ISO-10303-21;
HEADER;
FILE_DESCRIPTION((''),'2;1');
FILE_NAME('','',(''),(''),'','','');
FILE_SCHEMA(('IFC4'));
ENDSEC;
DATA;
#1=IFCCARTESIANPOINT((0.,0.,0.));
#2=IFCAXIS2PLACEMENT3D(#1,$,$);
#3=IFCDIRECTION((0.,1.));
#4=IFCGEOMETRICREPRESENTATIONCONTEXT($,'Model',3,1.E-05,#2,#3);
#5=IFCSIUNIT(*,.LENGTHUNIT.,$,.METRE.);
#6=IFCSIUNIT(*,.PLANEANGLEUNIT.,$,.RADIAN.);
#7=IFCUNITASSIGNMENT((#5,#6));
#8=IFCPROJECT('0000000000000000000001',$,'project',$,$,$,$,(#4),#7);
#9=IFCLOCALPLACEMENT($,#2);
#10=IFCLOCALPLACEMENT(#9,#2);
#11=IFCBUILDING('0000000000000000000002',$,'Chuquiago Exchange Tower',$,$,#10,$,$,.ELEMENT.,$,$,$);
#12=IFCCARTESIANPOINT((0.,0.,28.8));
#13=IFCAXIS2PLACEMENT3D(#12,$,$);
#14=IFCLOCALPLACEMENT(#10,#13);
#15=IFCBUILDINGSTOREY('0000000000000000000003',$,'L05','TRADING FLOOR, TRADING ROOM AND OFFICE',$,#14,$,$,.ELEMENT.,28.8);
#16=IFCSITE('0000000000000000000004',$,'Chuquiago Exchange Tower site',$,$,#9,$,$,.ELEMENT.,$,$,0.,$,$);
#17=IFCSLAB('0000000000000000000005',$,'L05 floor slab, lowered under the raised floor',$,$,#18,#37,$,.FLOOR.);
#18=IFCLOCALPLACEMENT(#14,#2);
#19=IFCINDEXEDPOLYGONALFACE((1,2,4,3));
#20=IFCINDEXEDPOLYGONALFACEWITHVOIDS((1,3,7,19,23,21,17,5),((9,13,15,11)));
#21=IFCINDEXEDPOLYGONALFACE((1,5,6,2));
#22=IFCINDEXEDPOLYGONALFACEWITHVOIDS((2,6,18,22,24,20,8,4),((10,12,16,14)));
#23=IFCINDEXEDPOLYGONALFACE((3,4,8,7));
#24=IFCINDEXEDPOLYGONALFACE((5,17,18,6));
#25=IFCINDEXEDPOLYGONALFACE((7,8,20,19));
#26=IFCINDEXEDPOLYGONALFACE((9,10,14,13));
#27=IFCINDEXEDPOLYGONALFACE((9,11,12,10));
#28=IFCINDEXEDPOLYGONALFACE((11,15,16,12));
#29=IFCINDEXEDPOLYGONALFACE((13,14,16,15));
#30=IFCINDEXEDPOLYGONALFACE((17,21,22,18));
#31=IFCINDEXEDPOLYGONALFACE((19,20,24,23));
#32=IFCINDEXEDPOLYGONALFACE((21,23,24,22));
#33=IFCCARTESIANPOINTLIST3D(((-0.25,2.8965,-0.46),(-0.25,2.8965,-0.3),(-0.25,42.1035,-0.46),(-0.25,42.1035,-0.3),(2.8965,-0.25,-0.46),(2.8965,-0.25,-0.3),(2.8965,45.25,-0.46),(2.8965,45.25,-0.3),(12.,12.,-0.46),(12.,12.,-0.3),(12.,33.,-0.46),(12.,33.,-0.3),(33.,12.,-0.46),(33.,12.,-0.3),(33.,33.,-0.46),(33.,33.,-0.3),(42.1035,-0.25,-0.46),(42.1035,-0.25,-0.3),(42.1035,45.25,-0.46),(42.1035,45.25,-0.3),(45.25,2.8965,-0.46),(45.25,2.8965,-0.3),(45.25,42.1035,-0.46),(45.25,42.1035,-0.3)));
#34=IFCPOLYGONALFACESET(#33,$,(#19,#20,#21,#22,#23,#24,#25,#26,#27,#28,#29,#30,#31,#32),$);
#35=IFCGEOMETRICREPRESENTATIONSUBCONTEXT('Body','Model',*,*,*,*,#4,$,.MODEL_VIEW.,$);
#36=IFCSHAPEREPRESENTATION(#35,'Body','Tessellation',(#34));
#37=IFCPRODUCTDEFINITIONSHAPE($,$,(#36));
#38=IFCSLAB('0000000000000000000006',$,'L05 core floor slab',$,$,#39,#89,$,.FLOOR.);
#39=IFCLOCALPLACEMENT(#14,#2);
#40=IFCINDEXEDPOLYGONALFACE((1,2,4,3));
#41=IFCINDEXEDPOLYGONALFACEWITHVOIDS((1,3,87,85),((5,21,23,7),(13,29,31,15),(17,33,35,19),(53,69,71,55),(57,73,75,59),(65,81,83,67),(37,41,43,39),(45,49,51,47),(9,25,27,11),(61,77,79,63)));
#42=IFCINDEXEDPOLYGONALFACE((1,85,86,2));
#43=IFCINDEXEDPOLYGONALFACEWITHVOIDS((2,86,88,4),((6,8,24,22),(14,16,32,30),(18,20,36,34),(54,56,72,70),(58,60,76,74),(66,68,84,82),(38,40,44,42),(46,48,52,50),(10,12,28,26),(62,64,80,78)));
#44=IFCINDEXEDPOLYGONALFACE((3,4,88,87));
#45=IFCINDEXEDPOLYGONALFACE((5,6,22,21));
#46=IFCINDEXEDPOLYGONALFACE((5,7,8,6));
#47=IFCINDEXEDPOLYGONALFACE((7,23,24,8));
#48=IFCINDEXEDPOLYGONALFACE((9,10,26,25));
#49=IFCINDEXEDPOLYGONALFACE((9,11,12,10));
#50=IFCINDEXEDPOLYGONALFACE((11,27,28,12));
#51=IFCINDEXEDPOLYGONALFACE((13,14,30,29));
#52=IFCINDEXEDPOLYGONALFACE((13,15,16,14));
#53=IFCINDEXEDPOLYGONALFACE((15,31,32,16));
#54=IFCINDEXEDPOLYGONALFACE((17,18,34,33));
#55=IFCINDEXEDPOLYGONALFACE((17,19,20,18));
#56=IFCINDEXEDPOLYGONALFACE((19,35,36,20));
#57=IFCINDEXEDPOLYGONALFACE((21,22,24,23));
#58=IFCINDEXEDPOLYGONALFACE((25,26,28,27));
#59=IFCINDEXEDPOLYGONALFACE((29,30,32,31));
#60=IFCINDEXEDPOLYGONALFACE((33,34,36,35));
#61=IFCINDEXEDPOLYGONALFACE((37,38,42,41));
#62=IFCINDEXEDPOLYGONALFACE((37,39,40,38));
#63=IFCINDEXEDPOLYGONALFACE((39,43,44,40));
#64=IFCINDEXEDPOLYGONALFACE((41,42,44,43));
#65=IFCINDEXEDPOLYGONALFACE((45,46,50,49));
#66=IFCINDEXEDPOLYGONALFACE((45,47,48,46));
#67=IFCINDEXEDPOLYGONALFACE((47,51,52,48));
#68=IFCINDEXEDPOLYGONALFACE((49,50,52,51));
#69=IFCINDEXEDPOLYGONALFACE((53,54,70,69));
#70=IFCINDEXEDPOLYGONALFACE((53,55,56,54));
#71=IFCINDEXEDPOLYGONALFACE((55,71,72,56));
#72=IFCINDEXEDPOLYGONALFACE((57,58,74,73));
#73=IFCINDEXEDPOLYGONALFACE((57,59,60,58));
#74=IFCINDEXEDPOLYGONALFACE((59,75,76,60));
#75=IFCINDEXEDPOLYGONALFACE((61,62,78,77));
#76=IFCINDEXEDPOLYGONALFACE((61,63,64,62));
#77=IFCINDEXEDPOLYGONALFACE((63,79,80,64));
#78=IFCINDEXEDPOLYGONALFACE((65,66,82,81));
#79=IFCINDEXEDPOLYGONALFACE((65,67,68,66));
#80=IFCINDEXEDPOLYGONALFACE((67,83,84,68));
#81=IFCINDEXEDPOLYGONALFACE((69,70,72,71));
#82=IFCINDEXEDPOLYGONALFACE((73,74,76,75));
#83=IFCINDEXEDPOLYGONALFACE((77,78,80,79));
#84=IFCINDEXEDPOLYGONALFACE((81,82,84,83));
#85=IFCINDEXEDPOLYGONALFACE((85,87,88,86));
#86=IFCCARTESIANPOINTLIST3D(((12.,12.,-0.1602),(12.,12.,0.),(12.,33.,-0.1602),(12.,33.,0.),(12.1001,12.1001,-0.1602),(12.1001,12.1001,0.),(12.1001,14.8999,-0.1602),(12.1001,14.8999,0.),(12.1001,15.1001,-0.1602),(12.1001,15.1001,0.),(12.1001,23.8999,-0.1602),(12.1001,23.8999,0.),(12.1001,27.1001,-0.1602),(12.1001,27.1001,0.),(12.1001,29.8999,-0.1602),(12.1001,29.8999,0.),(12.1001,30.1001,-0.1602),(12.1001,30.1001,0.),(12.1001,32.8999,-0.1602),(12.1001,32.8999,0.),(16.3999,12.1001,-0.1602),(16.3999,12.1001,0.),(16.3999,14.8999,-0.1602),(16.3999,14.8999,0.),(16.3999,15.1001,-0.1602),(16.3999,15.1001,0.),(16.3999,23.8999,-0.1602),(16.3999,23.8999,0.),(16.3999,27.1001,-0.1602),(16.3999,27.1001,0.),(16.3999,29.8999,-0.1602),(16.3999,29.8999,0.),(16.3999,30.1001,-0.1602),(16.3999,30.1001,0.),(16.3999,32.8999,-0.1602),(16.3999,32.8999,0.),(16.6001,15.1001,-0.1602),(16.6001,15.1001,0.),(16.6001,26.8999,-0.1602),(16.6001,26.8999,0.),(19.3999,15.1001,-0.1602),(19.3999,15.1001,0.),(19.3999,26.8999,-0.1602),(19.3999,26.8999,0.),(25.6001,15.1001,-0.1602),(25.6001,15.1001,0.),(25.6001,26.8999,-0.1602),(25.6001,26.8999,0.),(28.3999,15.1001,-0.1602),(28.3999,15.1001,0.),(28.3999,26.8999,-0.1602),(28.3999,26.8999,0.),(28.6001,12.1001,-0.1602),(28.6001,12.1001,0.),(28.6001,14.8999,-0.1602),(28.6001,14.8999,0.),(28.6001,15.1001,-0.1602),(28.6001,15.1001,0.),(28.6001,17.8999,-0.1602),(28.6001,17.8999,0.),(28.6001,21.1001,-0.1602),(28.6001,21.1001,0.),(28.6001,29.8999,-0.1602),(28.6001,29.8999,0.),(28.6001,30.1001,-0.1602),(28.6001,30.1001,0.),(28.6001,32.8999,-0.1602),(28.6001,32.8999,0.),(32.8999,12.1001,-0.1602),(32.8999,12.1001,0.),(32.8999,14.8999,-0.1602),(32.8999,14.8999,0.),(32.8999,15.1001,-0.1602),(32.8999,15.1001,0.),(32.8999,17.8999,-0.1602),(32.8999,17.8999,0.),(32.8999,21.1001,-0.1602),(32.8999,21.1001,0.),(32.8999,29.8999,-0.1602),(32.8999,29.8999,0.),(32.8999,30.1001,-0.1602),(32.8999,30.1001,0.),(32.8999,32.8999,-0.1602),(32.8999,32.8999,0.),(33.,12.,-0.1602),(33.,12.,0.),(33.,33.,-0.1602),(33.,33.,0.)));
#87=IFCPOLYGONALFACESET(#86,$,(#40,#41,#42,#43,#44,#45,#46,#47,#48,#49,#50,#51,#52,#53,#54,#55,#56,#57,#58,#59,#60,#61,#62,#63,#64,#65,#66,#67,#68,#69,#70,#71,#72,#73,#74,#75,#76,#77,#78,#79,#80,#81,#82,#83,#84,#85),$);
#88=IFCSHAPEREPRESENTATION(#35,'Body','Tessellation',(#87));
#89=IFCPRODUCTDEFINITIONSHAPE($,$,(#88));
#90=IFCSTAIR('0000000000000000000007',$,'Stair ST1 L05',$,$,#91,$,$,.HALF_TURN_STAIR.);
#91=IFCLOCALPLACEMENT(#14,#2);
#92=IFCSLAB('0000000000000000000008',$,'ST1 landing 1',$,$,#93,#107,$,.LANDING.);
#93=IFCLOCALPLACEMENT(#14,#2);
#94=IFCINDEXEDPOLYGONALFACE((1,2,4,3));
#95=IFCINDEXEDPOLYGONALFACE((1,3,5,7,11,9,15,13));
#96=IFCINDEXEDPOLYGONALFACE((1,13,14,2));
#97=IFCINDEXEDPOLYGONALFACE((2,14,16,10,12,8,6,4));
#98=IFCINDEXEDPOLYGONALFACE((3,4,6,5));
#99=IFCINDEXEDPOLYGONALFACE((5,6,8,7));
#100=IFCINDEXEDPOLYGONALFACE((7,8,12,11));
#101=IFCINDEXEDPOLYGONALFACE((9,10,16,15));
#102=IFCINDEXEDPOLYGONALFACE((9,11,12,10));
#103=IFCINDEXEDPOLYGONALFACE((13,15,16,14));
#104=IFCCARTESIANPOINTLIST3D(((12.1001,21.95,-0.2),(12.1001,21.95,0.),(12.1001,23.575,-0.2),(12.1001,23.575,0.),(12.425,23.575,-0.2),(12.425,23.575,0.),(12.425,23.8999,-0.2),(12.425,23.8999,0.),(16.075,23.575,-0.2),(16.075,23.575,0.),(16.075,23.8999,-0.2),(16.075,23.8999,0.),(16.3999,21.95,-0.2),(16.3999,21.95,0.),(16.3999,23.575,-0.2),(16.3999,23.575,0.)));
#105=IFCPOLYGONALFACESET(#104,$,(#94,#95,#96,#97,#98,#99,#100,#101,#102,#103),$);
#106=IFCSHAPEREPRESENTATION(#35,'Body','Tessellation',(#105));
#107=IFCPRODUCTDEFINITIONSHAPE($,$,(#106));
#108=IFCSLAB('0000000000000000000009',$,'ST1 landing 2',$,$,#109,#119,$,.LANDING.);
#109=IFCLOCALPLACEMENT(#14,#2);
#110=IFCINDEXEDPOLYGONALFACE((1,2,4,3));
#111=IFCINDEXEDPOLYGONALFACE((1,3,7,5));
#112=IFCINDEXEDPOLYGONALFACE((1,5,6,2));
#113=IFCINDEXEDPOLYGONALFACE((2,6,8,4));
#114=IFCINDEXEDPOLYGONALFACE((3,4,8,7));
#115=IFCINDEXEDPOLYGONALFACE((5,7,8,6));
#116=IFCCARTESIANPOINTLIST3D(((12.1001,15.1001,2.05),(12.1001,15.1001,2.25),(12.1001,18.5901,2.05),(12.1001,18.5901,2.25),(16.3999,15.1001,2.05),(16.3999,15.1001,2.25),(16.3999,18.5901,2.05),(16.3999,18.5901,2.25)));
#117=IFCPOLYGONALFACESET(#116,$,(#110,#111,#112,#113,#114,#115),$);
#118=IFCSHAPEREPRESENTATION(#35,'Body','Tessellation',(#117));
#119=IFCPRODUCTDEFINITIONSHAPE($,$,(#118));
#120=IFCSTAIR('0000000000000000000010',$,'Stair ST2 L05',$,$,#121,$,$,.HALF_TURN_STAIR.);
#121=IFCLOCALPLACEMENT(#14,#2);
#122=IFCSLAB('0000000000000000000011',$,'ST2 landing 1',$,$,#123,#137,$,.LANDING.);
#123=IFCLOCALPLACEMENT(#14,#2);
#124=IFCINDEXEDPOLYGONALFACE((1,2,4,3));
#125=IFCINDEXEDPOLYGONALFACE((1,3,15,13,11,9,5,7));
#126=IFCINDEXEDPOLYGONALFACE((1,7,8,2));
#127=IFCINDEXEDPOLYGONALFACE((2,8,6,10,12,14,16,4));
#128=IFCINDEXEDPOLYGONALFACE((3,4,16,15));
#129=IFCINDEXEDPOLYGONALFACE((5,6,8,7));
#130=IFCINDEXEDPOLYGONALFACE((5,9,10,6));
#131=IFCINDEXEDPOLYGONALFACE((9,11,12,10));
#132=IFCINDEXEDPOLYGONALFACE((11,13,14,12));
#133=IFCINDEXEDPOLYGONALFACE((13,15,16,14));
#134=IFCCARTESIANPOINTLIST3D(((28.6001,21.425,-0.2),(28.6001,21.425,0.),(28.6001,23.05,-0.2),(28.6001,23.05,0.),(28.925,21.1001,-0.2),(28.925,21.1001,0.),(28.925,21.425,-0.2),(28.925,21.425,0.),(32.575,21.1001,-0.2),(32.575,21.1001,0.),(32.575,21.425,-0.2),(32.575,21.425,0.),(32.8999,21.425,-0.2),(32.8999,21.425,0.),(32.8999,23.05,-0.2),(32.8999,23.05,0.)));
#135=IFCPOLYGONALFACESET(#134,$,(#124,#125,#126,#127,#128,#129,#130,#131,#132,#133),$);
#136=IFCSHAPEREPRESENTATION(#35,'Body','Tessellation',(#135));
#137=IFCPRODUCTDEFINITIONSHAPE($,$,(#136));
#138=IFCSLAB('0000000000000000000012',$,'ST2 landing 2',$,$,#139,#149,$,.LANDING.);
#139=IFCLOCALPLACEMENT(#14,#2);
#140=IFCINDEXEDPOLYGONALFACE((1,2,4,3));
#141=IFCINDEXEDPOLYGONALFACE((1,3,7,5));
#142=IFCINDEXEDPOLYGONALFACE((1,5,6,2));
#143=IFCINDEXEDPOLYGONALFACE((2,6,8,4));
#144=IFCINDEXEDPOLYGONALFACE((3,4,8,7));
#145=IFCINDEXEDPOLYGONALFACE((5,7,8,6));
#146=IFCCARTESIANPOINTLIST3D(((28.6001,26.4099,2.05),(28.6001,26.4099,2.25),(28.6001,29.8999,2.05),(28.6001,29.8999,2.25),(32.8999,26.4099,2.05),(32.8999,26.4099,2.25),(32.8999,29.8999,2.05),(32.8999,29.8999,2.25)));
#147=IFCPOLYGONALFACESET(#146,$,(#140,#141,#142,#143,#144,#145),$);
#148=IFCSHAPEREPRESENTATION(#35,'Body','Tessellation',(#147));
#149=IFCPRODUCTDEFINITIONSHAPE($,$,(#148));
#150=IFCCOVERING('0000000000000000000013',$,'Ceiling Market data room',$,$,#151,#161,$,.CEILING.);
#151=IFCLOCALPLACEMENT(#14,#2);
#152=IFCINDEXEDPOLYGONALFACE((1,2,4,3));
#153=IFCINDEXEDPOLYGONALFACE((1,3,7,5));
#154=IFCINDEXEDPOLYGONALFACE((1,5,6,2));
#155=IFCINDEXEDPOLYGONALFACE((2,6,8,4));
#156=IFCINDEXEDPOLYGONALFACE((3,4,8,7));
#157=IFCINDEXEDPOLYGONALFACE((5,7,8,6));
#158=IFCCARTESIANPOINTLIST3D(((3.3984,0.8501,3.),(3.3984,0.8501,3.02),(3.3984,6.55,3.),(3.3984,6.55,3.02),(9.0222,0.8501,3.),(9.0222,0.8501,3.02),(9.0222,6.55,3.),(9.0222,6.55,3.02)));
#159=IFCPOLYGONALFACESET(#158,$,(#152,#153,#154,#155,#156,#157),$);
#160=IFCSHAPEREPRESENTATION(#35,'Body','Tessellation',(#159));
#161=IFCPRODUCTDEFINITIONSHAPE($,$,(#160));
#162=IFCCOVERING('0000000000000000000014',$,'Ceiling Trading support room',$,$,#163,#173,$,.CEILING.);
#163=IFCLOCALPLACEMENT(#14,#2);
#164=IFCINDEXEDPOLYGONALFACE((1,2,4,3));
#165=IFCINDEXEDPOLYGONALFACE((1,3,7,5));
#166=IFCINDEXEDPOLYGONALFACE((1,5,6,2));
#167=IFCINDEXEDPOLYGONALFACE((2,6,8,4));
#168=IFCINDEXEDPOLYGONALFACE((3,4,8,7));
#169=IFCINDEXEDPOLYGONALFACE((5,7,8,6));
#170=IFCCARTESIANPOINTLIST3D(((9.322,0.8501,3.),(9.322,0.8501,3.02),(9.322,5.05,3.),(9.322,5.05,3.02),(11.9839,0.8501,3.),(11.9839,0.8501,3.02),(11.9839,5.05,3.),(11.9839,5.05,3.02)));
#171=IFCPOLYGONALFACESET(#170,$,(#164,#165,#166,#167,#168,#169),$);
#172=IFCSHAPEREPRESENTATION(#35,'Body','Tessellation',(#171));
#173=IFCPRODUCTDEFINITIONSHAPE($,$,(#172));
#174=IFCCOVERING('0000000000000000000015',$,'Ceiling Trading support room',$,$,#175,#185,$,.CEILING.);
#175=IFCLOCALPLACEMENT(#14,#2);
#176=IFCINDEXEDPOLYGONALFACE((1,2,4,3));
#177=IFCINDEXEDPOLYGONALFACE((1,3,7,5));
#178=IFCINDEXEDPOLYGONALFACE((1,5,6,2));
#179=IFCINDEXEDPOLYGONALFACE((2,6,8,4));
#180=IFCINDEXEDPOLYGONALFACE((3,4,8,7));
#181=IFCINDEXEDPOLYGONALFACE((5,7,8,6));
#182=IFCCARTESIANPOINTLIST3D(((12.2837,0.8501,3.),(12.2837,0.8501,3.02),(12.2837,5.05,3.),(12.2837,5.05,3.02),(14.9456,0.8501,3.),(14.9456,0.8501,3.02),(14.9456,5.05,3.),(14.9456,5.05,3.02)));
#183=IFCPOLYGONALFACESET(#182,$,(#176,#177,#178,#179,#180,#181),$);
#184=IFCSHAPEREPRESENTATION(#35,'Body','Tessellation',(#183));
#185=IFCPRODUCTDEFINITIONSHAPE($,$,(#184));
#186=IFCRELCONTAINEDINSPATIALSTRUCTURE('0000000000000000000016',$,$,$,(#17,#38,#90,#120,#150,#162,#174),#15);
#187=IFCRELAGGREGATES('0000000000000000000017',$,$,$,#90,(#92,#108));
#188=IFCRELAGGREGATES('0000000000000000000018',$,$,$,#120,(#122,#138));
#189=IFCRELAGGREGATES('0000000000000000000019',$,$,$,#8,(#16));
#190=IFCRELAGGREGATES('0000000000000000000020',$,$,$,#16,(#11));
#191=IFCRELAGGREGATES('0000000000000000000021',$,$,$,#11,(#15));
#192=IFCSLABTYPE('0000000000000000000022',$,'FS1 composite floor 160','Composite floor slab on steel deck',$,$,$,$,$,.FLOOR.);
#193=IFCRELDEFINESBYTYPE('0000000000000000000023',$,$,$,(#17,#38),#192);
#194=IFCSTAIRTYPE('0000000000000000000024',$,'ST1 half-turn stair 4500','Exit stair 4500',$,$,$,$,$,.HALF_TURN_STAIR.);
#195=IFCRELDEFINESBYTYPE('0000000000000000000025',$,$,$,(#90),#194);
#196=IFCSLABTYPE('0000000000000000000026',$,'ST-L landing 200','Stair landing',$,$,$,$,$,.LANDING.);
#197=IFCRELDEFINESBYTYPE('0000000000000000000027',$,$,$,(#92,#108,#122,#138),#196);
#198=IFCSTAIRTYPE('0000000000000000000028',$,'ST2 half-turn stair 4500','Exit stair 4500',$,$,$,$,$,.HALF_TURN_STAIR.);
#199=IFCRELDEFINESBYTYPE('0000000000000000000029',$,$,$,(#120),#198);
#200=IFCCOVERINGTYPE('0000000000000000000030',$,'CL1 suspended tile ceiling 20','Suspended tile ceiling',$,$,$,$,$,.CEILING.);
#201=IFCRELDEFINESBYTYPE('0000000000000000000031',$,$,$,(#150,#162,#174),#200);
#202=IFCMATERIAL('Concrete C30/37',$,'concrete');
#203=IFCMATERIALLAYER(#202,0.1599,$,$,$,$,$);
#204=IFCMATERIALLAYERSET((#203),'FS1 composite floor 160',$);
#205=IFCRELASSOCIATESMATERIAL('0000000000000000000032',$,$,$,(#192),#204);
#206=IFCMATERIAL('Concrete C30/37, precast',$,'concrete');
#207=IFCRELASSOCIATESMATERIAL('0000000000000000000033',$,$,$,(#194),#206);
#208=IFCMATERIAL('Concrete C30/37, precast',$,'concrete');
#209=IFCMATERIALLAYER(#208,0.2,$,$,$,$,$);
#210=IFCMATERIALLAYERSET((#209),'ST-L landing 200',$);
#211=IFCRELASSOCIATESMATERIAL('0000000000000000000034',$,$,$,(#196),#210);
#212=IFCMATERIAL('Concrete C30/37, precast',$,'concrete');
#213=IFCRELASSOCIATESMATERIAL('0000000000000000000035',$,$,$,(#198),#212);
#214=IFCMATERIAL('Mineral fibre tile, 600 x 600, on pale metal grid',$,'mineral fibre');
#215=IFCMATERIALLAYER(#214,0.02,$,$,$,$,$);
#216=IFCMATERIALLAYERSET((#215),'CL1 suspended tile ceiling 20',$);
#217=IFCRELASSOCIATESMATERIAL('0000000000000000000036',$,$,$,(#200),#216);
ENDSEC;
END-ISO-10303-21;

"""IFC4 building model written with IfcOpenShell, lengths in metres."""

from ifc_helpers import new_model, si_unit, direction, frame, origin, place, context, subcontext, project, spatial, polyline, outline, extrude, material, layer, layer_set, type_object, element, aggregate, save


model = new_model("IFC4")

# Units and contexts
model_context = context("Model", 3, precision=1e-05, world=origin(), true_north=direction((0.0, 1.0)))
body_context = subcontext(model_context, "Body", "Model", "MODEL_VIEW")
ifc_project = project(units=[si_unit("LENGTHUNIT", "METRE"), si_unit("PLANEANGLEUNIT", "RADIAN")], contexts=[model_context])

# Site, building, storey
site_placement = place(None, origin())
site = spatial("IfcSite", under=ifc_project, at=site_placement, Name="Chuquiago Exchange Tower site", CompositionType="ELEMENT", RefElevation=0.0)
building_placement = place(site_placement, origin())
building = spatial("IfcBuilding", under=site, at=building_placement, Name="Chuquiago Exchange Tower", CompositionType="ELEMENT")
storey_placement = place(building_placement, frame((0.0, 0.0, 28.8)))
storey = spatial("IfcBuildingStorey", under=building, at=storey_placement, Name="L05", Description="TRADING FLOOR, TRADING ROOM AND OFFICE", CompositionType="ELEMENT", Elevation=28.8)

# Slabs
ifc_material_1 = material(Name="Concrete C30/37", Category="concrete")
ifc_layer_1 = layer(ifc_material_1, 0.1599)
ifc_layer_set_1 = layer_set([ifc_layer_1], Name="FS1 composite floor 160")
slab_type_1 = type_object("IfcSlabType", Name="FS1 composite floor 160", Description="Composite floor slab on steel deck", PredefinedType="FLOOR", material=ifc_layer_set_1)
slab_1_placement = place(storey_placement, frame((0.0, 0.0, -0.46)))
element("IfcSlab", 1, at=slab_1_placement, inside=storey, type_object=slab_type_1, Name="L05 floor slab, lowered under the raised floor", PredefinedType="FLOOR", context=body_context, shape_type="SweptSolid", body=[
    extrude(outline(polyline([(-0.25, 2.8965), (-0.25, 42.1035), (2.8965, 45.25), (42.1035, 45.25), (45.25, 42.1035), (45.25, 2.8965), (42.1035, -0.25), (2.8965, -0.25), (-0.25, 2.8965)]), holes=[polyline([(33.0, 33.0), (12.0, 33.0), (12.0, 12.0), (33.0, 12.0), (33.0, 33.0)])]), origin(), (0.0, 0.0, 1.0), 0.1599),
])
slab_2_placement = place(storey_placement, frame((0.0, 0.0, -0.1602)))
element("IfcSlab", 2, at=slab_2_placement, inside=storey, type_object=slab_type_1, Name="L05 core floor slab", PredefinedType="FLOOR", context=body_context, shape_type="SweptSolid", body=[
    extrude(outline(polyline([(33.0, 12.0), (33.0, 33.0), (12.0, 33.0), (12.0, 12.0), (33.0, 12.0)]), holes=[polyline([(16.3999, 15.1001), (12.1001, 15.1001), (12.1001, 23.8999), (16.3999, 23.8999), (16.3999, 15.1001)]), polyline([(32.8999, 21.1001), (28.6001, 21.1001), (28.6001, 29.8999), (32.8999, 29.8999), (32.8999, 21.1001)]), polyline([(16.3999, 12.1001), (12.1001, 12.1001), (12.1001, 14.8999), (16.3999, 14.8999), (16.3999, 12.1001)]), polyline([(16.3999, 30.1001), (12.1001, 30.1001), (12.1001, 32.8999), (16.3999, 32.8999), (16.3999, 30.1001)]), polyline([(32.8999, 12.1001), (28.6001, 12.1001), (28.6001, 14.8999), (32.8999, 14.8999), (32.8999, 12.1001)]), polyline([(32.8999, 30.1001), (28.6001, 30.1001), (28.6001, 32.8999), (32.8999, 32.8999), (32.8999, 30.1001)]), polyline([(16.3999, 27.1001), (12.1001, 27.1001), (12.1001, 29.8999), (16.3999, 29.8999), (16.3999, 27.1001)]), polyline([(32.8999, 15.1001), (28.6001, 15.1001), (28.6001, 17.8999), (32.8999, 17.8999), (32.8999, 15.1001)]), polyline([(19.3999, 15.1001), (16.6001, 15.1001), (16.6001, 26.8999), (19.3999, 26.8999), (19.3999, 15.1001)]), polyline([(28.3999, 15.1001), (25.6001, 15.1001), (25.6001, 26.8999), (28.3999, 26.8999), (28.3999, 15.1001)])]), origin(), (0.0, 0.0, 1.0), 0.1602),
])

# Stairs, slabs
ifc_material_2 = material(Name="Concrete C30/37, precast", Category="concrete")
stair_type_1 = type_object("IfcStairType", Name="ST1 half-turn stair 4500", Description="Exit stair 4500", PredefinedType="HALF_TURN_STAIR", material=ifc_material_2)
stair_1_placement = place(storey_placement, origin())
stair_1 = element("IfcStair", 3, at=stair_1_placement, inside=storey, type_object=stair_type_1, Name="Stair ST1 L05", PredefinedType="HALF_TURN_STAIR")
ifc_material_3 = material(Name="Concrete C30/37, precast", Category="concrete")
ifc_layer_2 = layer(ifc_material_3, 0.2)
ifc_layer_set_2 = layer_set([ifc_layer_2], Name="ST-L landing 200")
slab_type_2 = type_object("IfcSlabType", Name="ST-L landing 200", Description="Stair landing", PredefinedType="LANDING", material=ifc_layer_set_2)
slab_3_placement = place(storey_placement, frame((0.0, 0.0, -0.2)))
slab_3 = element("IfcSlab", 4, at=slab_3_placement, type_object=slab_type_2, Name="ST1 landing 1", PredefinedType="LANDING", context=body_context, shape_type="SweptSolid", body=[
    extrude(outline(polyline([(12.425, 23.8999), (16.075, 23.8999), (16.075, 23.575), (16.3999, 23.575), (16.3999, 21.95), (12.1001, 21.95), (12.1001, 23.575), (12.425, 23.575), (12.425, 23.8999)])), origin(), (0.0, 0.0, 1.0), 0.2),
])
slab_4_placement = place(storey_placement, frame((0.0, 0.0, 2.05)))
slab_4 = element("IfcSlab", 5, at=slab_4_placement, type_object=slab_type_2, Name="ST1 landing 2", PredefinedType="LANDING", context=body_context, shape_type="SweptSolid", body=[
    extrude(outline(polyline([(12.1001, 18.5901), (16.3999, 18.5901), (16.3999, 15.1001), (12.1001, 15.1001), (12.1001, 18.5901)])), origin(), (0.0, 0.0, 1.0), 0.2),
])
aggregate(stair_1, [slab_3, slab_4])
ifc_material_4 = material(Name="Concrete C30/37, precast", Category="concrete")
stair_type_2 = type_object("IfcStairType", Name="ST2 half-turn stair 4500", Description="Exit stair 4500", PredefinedType="HALF_TURN_STAIR", material=ifc_material_4)
stair_2_placement = place(storey_placement, origin())
stair_2 = element("IfcStair", 6, at=stair_2_placement, inside=storey, type_object=stair_type_2, Name="Stair ST2 L05", PredefinedType="HALF_TURN_STAIR")
slab_5_placement = place(storey_placement, frame((0.0, 0.0, -0.2)))
slab_5 = element("IfcSlab", 7, at=slab_5_placement, type_object=slab_type_2, Name="ST2 landing 1", PredefinedType="LANDING", context=body_context, shape_type="SweptSolid", body=[
    extrude(outline(polyline([(32.575, 21.425), (32.575, 21.1001), (28.925, 21.1001), (28.925, 21.425), (28.6001, 21.425), (28.6001, 23.05), (32.8999, 23.05), (32.8999, 21.425), (32.575, 21.425)])), origin(), (0.0, 0.0, 1.0), 0.2),
])
slab_6_placement = place(storey_placement, frame((0.0, 0.0, 2.05)))
slab_6 = element("IfcSlab", 8, at=slab_6_placement, type_object=slab_type_2, Name="ST2 landing 2", PredefinedType="LANDING", context=body_context, shape_type="SweptSolid", body=[
    extrude(outline(polyline([(28.6001, 29.8999), (32.8999, 29.8999), (32.8999, 26.4099), (28.6001, 26.4099), (28.6001, 29.8999)])), origin(), (0.0, 0.0, 1.0), 0.2),
])
aggregate(stair_2, [slab_5, slab_6])

# Coverings
ifc_material_5 = material(Name="Mineral fibre tile, 600 x 600, on pale metal grid", Category="mineral fibre")
ifc_layer_3 = layer(ifc_material_5, 0.02)
ifc_layer_set_3 = layer_set([ifc_layer_3], Name="CL1 suspended tile ceiling 20")
covering_type_1 = type_object("IfcCoveringType", Name="CL1 suspended tile ceiling 20", Description="Suspended tile ceiling", PredefinedType="CEILING", material=ifc_layer_set_3)
covering_1_placement = place(storey_placement, frame((0.0, 0.0, 3.0)))
element("IfcCovering", 9, at=covering_1_placement, inside=storey, type_object=covering_type_1, Name="Ceiling Market data room", PredefinedType="CEILING", context=body_context, shape_type="SweptSolid", body=[
    extrude(outline(polyline([(3.3984, 6.55), (9.0222, 6.55), (9.0222, 0.8501), (3.3984, 0.8501), (3.3984, 6.55)])), origin(), (0.0, 0.0, 1.0), 0.02),
])
covering_2_placement = place(storey_placement, frame((0.0, 0.0, 3.0)))
element("IfcCovering", 10, at=covering_2_placement, inside=storey, type_object=covering_type_1, Name="Ceiling Trading support room", PredefinedType="CEILING", context=body_context, shape_type="SweptSolid", body=[
    extrude(outline(polyline([(9.322, 5.05), (11.9839, 5.05), (11.9839, 0.8501), (9.322, 0.8501), (9.322, 5.05)])), origin(), (0.0, 0.0, 1.0), 0.02),
])
covering_3_placement = place(storey_placement, frame((0.0, 0.0, 3.0)))
element("IfcCovering", 11, at=covering_3_placement, inside=storey, type_object=covering_type_1, Name="Ceiling Trading support room", PredefinedType="CEILING", context=body_context, shape_type="SweptSolid", body=[
    extrude(outline(polyline([(12.2837, 5.05), (14.9456, 5.05), (14.9456, 0.8501), (12.2837, 0.8501), (12.2837, 5.05)])), origin(), (0.0, 0.0, 1.0), 0.02),
])

save(model, "model.ifc")
